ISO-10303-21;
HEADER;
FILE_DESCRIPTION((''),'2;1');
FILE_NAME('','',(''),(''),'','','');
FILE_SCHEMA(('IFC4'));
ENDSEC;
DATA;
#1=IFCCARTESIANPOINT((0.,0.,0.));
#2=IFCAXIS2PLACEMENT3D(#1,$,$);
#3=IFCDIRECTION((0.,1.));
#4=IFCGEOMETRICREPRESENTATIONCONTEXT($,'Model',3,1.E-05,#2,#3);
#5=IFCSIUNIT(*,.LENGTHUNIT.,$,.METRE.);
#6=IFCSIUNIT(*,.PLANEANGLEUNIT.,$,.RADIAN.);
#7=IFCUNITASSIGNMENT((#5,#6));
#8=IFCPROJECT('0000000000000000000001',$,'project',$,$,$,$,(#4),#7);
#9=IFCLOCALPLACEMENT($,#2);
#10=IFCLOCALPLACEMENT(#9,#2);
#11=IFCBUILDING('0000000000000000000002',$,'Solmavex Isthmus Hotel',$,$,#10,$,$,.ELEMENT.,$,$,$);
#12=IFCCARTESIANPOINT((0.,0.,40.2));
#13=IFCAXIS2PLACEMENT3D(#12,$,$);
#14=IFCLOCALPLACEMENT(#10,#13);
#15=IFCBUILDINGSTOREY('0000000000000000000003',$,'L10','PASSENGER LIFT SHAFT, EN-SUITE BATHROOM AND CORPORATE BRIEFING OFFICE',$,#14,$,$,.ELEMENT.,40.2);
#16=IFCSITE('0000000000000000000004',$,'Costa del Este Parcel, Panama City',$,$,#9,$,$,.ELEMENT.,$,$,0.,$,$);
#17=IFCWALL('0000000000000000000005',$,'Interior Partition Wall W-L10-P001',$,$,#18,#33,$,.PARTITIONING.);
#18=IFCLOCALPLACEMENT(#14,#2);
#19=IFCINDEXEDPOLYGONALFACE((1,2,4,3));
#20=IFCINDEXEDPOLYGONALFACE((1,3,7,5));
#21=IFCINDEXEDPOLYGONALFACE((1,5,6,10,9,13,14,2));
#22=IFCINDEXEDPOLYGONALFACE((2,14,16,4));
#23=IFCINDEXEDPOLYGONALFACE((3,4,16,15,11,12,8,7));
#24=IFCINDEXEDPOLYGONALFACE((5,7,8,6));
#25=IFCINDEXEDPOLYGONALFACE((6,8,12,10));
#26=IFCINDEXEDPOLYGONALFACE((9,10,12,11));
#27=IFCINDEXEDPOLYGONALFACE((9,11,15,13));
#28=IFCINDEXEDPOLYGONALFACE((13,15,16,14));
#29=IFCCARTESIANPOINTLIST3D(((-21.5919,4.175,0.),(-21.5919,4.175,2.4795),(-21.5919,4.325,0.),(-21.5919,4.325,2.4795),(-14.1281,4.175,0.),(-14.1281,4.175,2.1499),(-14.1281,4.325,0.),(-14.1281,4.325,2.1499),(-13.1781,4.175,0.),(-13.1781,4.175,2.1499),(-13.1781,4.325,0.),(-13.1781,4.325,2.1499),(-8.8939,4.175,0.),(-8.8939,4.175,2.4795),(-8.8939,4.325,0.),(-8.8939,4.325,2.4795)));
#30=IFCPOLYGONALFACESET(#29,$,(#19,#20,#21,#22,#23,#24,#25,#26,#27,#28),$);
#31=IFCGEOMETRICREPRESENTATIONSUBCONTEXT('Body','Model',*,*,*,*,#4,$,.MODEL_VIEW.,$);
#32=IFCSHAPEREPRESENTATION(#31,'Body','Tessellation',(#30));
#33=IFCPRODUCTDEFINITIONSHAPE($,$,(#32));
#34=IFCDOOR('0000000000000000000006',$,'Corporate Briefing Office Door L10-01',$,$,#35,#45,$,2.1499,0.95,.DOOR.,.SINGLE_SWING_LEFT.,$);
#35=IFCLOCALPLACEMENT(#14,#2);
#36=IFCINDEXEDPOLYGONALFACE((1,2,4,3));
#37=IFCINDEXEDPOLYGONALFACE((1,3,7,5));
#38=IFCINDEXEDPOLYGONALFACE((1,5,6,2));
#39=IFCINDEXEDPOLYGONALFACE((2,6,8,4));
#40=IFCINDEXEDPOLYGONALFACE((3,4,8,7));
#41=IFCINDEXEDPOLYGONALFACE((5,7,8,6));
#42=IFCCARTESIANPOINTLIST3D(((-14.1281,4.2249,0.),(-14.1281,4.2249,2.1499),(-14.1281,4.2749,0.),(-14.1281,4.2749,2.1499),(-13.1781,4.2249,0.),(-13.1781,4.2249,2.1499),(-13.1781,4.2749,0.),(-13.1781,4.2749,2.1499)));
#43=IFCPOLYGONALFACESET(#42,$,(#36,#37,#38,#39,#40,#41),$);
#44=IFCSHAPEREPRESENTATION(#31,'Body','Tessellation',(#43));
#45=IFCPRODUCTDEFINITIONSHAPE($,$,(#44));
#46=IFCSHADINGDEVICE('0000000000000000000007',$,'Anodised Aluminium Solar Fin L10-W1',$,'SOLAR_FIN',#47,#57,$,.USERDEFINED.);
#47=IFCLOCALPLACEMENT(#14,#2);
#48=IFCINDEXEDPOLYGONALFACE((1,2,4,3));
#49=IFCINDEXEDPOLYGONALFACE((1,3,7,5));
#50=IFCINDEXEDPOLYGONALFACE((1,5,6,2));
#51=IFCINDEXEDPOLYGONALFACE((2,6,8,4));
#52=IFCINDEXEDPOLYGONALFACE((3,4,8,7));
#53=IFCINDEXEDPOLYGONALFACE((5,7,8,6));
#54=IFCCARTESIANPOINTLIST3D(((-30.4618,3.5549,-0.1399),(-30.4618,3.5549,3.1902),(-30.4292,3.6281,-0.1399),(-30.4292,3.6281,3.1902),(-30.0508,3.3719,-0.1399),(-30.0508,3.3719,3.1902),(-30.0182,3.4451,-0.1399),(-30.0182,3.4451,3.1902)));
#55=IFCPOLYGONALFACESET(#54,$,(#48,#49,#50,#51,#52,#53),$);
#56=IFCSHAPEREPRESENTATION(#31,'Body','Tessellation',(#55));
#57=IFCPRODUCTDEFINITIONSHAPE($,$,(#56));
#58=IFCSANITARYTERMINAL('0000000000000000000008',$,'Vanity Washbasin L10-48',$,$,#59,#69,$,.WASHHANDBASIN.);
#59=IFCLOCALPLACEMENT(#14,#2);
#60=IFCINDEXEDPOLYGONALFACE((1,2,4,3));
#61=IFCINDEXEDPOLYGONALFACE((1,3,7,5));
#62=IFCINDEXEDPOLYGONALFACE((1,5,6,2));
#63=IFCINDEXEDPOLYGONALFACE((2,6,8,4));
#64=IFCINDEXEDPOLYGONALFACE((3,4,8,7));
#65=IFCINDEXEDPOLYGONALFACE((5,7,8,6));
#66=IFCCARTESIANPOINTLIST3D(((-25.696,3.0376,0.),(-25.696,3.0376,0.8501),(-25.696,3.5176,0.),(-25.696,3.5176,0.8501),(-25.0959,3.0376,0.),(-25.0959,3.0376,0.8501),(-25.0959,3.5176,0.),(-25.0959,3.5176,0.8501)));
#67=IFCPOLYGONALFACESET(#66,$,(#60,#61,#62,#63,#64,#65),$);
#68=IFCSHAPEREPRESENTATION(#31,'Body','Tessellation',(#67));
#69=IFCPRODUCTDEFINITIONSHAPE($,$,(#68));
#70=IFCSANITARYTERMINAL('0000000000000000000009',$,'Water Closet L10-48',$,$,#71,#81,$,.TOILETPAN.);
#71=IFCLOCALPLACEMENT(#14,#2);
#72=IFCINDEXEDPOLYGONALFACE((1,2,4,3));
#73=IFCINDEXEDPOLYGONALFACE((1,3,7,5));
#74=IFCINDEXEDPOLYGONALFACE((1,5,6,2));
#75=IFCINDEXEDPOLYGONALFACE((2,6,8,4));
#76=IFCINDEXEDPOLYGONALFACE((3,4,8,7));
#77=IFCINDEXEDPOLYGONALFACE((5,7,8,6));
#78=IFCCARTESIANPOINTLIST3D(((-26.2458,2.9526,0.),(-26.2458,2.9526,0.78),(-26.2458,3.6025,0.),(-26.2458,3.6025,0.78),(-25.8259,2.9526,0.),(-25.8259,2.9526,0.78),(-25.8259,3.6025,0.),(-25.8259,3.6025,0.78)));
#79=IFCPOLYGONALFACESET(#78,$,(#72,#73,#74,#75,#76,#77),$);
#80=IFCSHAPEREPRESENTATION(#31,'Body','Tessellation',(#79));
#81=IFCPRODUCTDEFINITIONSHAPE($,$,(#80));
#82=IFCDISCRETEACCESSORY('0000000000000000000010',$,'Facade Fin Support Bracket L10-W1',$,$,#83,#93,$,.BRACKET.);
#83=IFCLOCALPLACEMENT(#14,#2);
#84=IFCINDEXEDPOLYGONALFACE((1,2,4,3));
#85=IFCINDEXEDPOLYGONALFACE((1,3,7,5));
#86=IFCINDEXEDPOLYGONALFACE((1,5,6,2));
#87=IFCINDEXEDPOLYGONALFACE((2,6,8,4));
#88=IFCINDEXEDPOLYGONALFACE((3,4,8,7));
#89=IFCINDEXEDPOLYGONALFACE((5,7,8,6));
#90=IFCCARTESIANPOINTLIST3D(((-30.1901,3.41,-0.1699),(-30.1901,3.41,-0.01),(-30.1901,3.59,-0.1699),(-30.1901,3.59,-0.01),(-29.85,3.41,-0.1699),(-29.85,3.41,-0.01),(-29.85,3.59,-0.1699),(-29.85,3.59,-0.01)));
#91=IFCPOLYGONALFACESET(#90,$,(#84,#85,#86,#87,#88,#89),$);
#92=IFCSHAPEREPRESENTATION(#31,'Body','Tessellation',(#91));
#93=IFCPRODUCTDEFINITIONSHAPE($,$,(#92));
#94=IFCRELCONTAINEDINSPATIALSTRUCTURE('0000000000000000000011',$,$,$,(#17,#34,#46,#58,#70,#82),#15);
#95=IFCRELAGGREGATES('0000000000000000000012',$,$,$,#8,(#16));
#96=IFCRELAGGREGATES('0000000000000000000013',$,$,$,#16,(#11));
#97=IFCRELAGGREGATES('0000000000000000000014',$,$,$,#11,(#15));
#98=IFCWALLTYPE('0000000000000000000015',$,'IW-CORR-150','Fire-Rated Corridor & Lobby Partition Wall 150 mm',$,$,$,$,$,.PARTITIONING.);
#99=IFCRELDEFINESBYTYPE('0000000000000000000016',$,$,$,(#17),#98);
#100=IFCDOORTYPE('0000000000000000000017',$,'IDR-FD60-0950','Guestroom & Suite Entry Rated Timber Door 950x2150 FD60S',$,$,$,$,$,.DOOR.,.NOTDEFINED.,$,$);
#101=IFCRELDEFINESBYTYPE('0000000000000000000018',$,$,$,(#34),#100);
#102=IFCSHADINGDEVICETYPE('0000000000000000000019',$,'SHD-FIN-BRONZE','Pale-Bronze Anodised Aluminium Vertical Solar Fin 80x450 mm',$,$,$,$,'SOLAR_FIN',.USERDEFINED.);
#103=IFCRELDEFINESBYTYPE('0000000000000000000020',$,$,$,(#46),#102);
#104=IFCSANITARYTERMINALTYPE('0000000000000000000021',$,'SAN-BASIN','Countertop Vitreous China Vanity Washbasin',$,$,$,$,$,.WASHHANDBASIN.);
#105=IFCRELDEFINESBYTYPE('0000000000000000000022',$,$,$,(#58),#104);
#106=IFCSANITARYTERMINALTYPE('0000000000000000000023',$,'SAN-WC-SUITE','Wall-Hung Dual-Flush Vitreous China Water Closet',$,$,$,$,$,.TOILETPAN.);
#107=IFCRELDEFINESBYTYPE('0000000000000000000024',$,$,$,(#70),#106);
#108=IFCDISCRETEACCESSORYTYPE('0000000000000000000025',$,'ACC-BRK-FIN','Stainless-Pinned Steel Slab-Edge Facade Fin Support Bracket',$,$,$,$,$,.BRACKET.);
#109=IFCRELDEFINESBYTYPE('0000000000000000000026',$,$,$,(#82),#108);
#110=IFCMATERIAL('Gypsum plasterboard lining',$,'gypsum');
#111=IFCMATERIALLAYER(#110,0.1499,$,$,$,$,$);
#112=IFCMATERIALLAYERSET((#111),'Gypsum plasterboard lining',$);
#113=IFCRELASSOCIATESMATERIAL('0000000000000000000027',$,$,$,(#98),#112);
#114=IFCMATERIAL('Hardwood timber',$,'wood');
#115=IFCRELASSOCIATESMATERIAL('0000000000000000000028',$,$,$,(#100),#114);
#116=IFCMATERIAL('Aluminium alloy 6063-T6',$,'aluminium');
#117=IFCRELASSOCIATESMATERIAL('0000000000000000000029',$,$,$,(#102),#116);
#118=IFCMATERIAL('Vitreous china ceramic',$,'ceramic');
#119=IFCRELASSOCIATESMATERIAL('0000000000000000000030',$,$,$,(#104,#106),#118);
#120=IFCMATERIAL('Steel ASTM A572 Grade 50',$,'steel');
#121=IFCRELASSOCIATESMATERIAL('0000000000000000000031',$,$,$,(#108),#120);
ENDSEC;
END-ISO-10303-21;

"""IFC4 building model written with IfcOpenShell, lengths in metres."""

from ifc_helpers import new_model, si_unit, direction, frame, frame_2d, origin, origin_2d, place, context, subcontext, project, spatial, rectangle, extrude, material, layer, layer_set, type_object, element, fill, save


model = new_model("IFC4")

# Units and contexts
model_context = context("Model", 3, precision=1e-05, world=origin(), true_north=direction((0.0, 1.0)))
body_context = subcontext(model_context, "Body", "Model", "MODEL_VIEW")
ifc_project = project(units=[si_unit("LENGTHUNIT", "METRE"), si_unit("PLANEANGLEUNIT", "RADIAN")], contexts=[model_context])

# Site, building, storey
site_placement = place(None, origin())
site = spatial("IfcSite", under=ifc_project, at=site_placement, Name="Costa del Este Parcel, Panama City", CompositionType="ELEMENT", RefElevation=0.0)
building_placement = place(site_placement, origin())
building = spatial("IfcBuilding", under=site, at=building_placement, Name="Solmavex Isthmus Hotel", CompositionType="ELEMENT")
storey_placement = place(building_placement, frame((0.0, 0.0, 40.2)))
storey = spatial("IfcBuildingStorey", under=building, at=storey_placement, Name="L10", Description="PASSENGER LIFT SHAFT, EN-SUITE BATHROOM AND CORPORATE BRIEFING OFFICE", CompositionType="ELEMENT", Elevation=40.2)

# Shared definitions
ifc_material_1 = material(Name="Aluminium alloy 6063-T6", Category="aluminium")

# Shared definitions
ifc_material_2 = material(Name="Gypsum plasterboard lining", Category="gypsum")

# Wall, opening, door
ifc_layer_1 = layer(ifc_material_2, 0.1499)
ifc_layer_set_1 = layer_set([ifc_layer_1], Name="Gypsum plasterboard lining")
wall_type_1 = type_object("IfcWallType", Name="IW-CORR-150", Description="Fire-Rated Corridor & Lobby Partition Wall 150 mm", PredefinedType="PARTITIONING", material=ifc_layer_set_1)
wall_1_placement = place(storey_placement, frame((-21.592, 4.25, 0.0), z_axis=(0.0, 0.0, 1.0), x_axis=(1.0, 0.0, 0.0)))
wall_1 = element("IfcWall", 1, at=wall_1_placement, inside=storey, type_object=wall_type_1, Name="Interior Partition Wall W-L10-P001", PredefinedType="PARTITIONING", context=body_context, shape_type="SweptSolid", body=[
    extrude(rectangle(XDim=12.698, YDim=0.1499, at=frame_2d((6.3491, 0.0))), origin(), (0.0, 0.0, 1.0), 2.4795),
])
opening_placement = place(wall_1_placement, frame((7.4639, 0.0, 0.0)))
opening = element("IfcOpeningElement", 2, at=opening_placement, cuts=wall_1, PredefinedType="OPENING", context=body_context, shape_type="SweptSolid", body=[
    extrude(rectangle(XDim=0.95, YDim=2.1499, at=frame_2d((0.4751, 1.075))), frame((0.0, 0.085, 0.0), z_axis=(0.0, -1.0, 0.0), x_axis=(1.0, 0.0, 0.0)), (0.0, 0.0, 1.0), 0.1699),
])
ifc_material_3 = material(Name="Hardwood timber", Category="wood")
door_type = type_object("IfcDoorType", Name="IDR-FD60-0950", Description="Guestroom & Suite Entry Rated Timber Door 950x2150 FD60S", OperationType="NOTDEFINED", PredefinedType="DOOR", material=ifc_material_3)
door_placement = place(opening_placement, origin())
door = element("IfcDoor", 3, at=door_placement, inside=storey, type_object=door_type, Name="Corporate Briefing Office Door L10-01", OperationType="SINGLE_SWING_LEFT", OverallHeight=2.1499, OverallWidth=0.95, PredefinedType="DOOR", context=body_context, shape_type="SweptSolid", body=[
    extrude(rectangle(XDim=0.95, YDim=2.1499, at=frame_2d((0.4751, 1.075))), frame((0.0, 0.0249, 0.0), z_axis=(0.0, -1.0, 0.0), x_axis=(1.0, 0.0, 0.0)), (0.0, 0.0, 1.0), 0.05),
])
fill(opening, door)

# Shading device
shading_device_type = type_object("IfcShadingDeviceType", Name="SHD-FIN-BRONZE", Description="Pale-Bronze Anodised Aluminium Vertical Solar Fin 80x450 mm", ElementType="SOLAR_FIN", PredefinedType="USERDEFINED", material=ifc_material_1)
shading_device_placement = place(storey_placement, frame((-30.24, 3.5, -0.1399), z_axis=(0.0, 0.0, 1.0), x_axis=(-0.913545, 0.406737, 0.0)))
element("IfcShadingDevice", 4, at=shading_device_placement, inside=storey, type_object=shading_device_type, Name="Anodised Aluminium Solar Fin L10-W1", ObjectType="SOLAR_FIN", PredefinedType="USERDEFINED", context=body_context, shape_type="SweptSolid", body=[
    extrude(rectangle(XDim=0.45, YDim=0.0801, at=origin_2d()), origin(), (0.0, 0.0, 1.0), 3.3301),
])

# Sanitary terminals
ifc_material_4 = material(Name="Vitreous china ceramic", Category="ceramic")
sanitary_terminal_type_1 = type_object("IfcSanitaryTerminalType", Name="SAN-BASIN", Description="Countertop Vitreous China Vanity Washbasin", PredefinedType="WASHHANDBASIN", material=ifc_material_4)
sanitary_terminal_1_placement = place(storey_placement, frame((-25.396, 3.2776, 0.0), z_axis=(0.0, 0.0, 1.0), x_axis=(1.0, 0.0, 0.0)))
element("IfcSanitaryTerminal", 5, at=sanitary_terminal_1_placement, inside=storey, type_object=sanitary_terminal_type_1, Name="Vanity Washbasin L10-48", PredefinedType="WASHHANDBASIN", context=body_context, shape_type="SweptSolid", body=[
    extrude(rectangle(XDim=0.6001, YDim=0.48, at=origin_2d()), origin(), (0.0, 0.0, 1.0), 0.8501),
])
sanitary_terminal_type_2 = type_object("IfcSanitaryTerminalType", Name="SAN-WC-SUITE", Description="Wall-Hung Dual-Flush Vitreous China Water Closet", PredefinedType="TOILETPAN", material=ifc_material_4)
sanitary_terminal_2_placement = place(storey_placement, frame((-26.0359, 3.2776, 0.0), z_axis=(0.0, 0.0, 1.0), x_axis=(1.0, 0.0, 0.0)))
element("IfcSanitaryTerminal", 6, at=sanitary_terminal_2_placement, inside=storey, type_object=sanitary_terminal_type_2, Name="Water Closet L10-48", PredefinedType="TOILETPAN", context=body_context, shape_type="SweptSolid", body=[
    extrude(rectangle(XDim=0.4199, YDim=0.6499, at=origin_2d()), origin(), (0.0, 0.0, 1.0), 0.78),
])

# Discrete accessory
ifc_material_5 = material(Name="Steel ASTM A572 Grade 50", Category="steel")
discrete_accessory_type = type_object("IfcDiscreteAccessoryType", Name="ACC-BRK-FIN", Description="Stainless-Pinned Steel Slab-Edge Facade Fin Support Bracket", PredefinedType="BRACKET", material=ifc_material_5)
discrete_accessory_placement = place(storey_placement, frame((-30.02, 3.5, -0.1699), z_axis=(0.0, 0.0, 1.0), x_axis=(-1.0, 0.0, 0.0)))
element("IfcDiscreteAccessory", 7, at=discrete_accessory_placement, inside=storey, type_object=discrete_accessory_type, Name="Facade Fin Support Bracket L10-W1", PredefinedType="BRACKET", context=body_context, shape_type="SweptSolid", body=[
    extrude(rectangle(XDim=0.3401, YDim=0.1799, at=origin_2d()), origin(), (0.0, 0.0, 1.0), 0.1599),
])

save(model, "model.ifc")
